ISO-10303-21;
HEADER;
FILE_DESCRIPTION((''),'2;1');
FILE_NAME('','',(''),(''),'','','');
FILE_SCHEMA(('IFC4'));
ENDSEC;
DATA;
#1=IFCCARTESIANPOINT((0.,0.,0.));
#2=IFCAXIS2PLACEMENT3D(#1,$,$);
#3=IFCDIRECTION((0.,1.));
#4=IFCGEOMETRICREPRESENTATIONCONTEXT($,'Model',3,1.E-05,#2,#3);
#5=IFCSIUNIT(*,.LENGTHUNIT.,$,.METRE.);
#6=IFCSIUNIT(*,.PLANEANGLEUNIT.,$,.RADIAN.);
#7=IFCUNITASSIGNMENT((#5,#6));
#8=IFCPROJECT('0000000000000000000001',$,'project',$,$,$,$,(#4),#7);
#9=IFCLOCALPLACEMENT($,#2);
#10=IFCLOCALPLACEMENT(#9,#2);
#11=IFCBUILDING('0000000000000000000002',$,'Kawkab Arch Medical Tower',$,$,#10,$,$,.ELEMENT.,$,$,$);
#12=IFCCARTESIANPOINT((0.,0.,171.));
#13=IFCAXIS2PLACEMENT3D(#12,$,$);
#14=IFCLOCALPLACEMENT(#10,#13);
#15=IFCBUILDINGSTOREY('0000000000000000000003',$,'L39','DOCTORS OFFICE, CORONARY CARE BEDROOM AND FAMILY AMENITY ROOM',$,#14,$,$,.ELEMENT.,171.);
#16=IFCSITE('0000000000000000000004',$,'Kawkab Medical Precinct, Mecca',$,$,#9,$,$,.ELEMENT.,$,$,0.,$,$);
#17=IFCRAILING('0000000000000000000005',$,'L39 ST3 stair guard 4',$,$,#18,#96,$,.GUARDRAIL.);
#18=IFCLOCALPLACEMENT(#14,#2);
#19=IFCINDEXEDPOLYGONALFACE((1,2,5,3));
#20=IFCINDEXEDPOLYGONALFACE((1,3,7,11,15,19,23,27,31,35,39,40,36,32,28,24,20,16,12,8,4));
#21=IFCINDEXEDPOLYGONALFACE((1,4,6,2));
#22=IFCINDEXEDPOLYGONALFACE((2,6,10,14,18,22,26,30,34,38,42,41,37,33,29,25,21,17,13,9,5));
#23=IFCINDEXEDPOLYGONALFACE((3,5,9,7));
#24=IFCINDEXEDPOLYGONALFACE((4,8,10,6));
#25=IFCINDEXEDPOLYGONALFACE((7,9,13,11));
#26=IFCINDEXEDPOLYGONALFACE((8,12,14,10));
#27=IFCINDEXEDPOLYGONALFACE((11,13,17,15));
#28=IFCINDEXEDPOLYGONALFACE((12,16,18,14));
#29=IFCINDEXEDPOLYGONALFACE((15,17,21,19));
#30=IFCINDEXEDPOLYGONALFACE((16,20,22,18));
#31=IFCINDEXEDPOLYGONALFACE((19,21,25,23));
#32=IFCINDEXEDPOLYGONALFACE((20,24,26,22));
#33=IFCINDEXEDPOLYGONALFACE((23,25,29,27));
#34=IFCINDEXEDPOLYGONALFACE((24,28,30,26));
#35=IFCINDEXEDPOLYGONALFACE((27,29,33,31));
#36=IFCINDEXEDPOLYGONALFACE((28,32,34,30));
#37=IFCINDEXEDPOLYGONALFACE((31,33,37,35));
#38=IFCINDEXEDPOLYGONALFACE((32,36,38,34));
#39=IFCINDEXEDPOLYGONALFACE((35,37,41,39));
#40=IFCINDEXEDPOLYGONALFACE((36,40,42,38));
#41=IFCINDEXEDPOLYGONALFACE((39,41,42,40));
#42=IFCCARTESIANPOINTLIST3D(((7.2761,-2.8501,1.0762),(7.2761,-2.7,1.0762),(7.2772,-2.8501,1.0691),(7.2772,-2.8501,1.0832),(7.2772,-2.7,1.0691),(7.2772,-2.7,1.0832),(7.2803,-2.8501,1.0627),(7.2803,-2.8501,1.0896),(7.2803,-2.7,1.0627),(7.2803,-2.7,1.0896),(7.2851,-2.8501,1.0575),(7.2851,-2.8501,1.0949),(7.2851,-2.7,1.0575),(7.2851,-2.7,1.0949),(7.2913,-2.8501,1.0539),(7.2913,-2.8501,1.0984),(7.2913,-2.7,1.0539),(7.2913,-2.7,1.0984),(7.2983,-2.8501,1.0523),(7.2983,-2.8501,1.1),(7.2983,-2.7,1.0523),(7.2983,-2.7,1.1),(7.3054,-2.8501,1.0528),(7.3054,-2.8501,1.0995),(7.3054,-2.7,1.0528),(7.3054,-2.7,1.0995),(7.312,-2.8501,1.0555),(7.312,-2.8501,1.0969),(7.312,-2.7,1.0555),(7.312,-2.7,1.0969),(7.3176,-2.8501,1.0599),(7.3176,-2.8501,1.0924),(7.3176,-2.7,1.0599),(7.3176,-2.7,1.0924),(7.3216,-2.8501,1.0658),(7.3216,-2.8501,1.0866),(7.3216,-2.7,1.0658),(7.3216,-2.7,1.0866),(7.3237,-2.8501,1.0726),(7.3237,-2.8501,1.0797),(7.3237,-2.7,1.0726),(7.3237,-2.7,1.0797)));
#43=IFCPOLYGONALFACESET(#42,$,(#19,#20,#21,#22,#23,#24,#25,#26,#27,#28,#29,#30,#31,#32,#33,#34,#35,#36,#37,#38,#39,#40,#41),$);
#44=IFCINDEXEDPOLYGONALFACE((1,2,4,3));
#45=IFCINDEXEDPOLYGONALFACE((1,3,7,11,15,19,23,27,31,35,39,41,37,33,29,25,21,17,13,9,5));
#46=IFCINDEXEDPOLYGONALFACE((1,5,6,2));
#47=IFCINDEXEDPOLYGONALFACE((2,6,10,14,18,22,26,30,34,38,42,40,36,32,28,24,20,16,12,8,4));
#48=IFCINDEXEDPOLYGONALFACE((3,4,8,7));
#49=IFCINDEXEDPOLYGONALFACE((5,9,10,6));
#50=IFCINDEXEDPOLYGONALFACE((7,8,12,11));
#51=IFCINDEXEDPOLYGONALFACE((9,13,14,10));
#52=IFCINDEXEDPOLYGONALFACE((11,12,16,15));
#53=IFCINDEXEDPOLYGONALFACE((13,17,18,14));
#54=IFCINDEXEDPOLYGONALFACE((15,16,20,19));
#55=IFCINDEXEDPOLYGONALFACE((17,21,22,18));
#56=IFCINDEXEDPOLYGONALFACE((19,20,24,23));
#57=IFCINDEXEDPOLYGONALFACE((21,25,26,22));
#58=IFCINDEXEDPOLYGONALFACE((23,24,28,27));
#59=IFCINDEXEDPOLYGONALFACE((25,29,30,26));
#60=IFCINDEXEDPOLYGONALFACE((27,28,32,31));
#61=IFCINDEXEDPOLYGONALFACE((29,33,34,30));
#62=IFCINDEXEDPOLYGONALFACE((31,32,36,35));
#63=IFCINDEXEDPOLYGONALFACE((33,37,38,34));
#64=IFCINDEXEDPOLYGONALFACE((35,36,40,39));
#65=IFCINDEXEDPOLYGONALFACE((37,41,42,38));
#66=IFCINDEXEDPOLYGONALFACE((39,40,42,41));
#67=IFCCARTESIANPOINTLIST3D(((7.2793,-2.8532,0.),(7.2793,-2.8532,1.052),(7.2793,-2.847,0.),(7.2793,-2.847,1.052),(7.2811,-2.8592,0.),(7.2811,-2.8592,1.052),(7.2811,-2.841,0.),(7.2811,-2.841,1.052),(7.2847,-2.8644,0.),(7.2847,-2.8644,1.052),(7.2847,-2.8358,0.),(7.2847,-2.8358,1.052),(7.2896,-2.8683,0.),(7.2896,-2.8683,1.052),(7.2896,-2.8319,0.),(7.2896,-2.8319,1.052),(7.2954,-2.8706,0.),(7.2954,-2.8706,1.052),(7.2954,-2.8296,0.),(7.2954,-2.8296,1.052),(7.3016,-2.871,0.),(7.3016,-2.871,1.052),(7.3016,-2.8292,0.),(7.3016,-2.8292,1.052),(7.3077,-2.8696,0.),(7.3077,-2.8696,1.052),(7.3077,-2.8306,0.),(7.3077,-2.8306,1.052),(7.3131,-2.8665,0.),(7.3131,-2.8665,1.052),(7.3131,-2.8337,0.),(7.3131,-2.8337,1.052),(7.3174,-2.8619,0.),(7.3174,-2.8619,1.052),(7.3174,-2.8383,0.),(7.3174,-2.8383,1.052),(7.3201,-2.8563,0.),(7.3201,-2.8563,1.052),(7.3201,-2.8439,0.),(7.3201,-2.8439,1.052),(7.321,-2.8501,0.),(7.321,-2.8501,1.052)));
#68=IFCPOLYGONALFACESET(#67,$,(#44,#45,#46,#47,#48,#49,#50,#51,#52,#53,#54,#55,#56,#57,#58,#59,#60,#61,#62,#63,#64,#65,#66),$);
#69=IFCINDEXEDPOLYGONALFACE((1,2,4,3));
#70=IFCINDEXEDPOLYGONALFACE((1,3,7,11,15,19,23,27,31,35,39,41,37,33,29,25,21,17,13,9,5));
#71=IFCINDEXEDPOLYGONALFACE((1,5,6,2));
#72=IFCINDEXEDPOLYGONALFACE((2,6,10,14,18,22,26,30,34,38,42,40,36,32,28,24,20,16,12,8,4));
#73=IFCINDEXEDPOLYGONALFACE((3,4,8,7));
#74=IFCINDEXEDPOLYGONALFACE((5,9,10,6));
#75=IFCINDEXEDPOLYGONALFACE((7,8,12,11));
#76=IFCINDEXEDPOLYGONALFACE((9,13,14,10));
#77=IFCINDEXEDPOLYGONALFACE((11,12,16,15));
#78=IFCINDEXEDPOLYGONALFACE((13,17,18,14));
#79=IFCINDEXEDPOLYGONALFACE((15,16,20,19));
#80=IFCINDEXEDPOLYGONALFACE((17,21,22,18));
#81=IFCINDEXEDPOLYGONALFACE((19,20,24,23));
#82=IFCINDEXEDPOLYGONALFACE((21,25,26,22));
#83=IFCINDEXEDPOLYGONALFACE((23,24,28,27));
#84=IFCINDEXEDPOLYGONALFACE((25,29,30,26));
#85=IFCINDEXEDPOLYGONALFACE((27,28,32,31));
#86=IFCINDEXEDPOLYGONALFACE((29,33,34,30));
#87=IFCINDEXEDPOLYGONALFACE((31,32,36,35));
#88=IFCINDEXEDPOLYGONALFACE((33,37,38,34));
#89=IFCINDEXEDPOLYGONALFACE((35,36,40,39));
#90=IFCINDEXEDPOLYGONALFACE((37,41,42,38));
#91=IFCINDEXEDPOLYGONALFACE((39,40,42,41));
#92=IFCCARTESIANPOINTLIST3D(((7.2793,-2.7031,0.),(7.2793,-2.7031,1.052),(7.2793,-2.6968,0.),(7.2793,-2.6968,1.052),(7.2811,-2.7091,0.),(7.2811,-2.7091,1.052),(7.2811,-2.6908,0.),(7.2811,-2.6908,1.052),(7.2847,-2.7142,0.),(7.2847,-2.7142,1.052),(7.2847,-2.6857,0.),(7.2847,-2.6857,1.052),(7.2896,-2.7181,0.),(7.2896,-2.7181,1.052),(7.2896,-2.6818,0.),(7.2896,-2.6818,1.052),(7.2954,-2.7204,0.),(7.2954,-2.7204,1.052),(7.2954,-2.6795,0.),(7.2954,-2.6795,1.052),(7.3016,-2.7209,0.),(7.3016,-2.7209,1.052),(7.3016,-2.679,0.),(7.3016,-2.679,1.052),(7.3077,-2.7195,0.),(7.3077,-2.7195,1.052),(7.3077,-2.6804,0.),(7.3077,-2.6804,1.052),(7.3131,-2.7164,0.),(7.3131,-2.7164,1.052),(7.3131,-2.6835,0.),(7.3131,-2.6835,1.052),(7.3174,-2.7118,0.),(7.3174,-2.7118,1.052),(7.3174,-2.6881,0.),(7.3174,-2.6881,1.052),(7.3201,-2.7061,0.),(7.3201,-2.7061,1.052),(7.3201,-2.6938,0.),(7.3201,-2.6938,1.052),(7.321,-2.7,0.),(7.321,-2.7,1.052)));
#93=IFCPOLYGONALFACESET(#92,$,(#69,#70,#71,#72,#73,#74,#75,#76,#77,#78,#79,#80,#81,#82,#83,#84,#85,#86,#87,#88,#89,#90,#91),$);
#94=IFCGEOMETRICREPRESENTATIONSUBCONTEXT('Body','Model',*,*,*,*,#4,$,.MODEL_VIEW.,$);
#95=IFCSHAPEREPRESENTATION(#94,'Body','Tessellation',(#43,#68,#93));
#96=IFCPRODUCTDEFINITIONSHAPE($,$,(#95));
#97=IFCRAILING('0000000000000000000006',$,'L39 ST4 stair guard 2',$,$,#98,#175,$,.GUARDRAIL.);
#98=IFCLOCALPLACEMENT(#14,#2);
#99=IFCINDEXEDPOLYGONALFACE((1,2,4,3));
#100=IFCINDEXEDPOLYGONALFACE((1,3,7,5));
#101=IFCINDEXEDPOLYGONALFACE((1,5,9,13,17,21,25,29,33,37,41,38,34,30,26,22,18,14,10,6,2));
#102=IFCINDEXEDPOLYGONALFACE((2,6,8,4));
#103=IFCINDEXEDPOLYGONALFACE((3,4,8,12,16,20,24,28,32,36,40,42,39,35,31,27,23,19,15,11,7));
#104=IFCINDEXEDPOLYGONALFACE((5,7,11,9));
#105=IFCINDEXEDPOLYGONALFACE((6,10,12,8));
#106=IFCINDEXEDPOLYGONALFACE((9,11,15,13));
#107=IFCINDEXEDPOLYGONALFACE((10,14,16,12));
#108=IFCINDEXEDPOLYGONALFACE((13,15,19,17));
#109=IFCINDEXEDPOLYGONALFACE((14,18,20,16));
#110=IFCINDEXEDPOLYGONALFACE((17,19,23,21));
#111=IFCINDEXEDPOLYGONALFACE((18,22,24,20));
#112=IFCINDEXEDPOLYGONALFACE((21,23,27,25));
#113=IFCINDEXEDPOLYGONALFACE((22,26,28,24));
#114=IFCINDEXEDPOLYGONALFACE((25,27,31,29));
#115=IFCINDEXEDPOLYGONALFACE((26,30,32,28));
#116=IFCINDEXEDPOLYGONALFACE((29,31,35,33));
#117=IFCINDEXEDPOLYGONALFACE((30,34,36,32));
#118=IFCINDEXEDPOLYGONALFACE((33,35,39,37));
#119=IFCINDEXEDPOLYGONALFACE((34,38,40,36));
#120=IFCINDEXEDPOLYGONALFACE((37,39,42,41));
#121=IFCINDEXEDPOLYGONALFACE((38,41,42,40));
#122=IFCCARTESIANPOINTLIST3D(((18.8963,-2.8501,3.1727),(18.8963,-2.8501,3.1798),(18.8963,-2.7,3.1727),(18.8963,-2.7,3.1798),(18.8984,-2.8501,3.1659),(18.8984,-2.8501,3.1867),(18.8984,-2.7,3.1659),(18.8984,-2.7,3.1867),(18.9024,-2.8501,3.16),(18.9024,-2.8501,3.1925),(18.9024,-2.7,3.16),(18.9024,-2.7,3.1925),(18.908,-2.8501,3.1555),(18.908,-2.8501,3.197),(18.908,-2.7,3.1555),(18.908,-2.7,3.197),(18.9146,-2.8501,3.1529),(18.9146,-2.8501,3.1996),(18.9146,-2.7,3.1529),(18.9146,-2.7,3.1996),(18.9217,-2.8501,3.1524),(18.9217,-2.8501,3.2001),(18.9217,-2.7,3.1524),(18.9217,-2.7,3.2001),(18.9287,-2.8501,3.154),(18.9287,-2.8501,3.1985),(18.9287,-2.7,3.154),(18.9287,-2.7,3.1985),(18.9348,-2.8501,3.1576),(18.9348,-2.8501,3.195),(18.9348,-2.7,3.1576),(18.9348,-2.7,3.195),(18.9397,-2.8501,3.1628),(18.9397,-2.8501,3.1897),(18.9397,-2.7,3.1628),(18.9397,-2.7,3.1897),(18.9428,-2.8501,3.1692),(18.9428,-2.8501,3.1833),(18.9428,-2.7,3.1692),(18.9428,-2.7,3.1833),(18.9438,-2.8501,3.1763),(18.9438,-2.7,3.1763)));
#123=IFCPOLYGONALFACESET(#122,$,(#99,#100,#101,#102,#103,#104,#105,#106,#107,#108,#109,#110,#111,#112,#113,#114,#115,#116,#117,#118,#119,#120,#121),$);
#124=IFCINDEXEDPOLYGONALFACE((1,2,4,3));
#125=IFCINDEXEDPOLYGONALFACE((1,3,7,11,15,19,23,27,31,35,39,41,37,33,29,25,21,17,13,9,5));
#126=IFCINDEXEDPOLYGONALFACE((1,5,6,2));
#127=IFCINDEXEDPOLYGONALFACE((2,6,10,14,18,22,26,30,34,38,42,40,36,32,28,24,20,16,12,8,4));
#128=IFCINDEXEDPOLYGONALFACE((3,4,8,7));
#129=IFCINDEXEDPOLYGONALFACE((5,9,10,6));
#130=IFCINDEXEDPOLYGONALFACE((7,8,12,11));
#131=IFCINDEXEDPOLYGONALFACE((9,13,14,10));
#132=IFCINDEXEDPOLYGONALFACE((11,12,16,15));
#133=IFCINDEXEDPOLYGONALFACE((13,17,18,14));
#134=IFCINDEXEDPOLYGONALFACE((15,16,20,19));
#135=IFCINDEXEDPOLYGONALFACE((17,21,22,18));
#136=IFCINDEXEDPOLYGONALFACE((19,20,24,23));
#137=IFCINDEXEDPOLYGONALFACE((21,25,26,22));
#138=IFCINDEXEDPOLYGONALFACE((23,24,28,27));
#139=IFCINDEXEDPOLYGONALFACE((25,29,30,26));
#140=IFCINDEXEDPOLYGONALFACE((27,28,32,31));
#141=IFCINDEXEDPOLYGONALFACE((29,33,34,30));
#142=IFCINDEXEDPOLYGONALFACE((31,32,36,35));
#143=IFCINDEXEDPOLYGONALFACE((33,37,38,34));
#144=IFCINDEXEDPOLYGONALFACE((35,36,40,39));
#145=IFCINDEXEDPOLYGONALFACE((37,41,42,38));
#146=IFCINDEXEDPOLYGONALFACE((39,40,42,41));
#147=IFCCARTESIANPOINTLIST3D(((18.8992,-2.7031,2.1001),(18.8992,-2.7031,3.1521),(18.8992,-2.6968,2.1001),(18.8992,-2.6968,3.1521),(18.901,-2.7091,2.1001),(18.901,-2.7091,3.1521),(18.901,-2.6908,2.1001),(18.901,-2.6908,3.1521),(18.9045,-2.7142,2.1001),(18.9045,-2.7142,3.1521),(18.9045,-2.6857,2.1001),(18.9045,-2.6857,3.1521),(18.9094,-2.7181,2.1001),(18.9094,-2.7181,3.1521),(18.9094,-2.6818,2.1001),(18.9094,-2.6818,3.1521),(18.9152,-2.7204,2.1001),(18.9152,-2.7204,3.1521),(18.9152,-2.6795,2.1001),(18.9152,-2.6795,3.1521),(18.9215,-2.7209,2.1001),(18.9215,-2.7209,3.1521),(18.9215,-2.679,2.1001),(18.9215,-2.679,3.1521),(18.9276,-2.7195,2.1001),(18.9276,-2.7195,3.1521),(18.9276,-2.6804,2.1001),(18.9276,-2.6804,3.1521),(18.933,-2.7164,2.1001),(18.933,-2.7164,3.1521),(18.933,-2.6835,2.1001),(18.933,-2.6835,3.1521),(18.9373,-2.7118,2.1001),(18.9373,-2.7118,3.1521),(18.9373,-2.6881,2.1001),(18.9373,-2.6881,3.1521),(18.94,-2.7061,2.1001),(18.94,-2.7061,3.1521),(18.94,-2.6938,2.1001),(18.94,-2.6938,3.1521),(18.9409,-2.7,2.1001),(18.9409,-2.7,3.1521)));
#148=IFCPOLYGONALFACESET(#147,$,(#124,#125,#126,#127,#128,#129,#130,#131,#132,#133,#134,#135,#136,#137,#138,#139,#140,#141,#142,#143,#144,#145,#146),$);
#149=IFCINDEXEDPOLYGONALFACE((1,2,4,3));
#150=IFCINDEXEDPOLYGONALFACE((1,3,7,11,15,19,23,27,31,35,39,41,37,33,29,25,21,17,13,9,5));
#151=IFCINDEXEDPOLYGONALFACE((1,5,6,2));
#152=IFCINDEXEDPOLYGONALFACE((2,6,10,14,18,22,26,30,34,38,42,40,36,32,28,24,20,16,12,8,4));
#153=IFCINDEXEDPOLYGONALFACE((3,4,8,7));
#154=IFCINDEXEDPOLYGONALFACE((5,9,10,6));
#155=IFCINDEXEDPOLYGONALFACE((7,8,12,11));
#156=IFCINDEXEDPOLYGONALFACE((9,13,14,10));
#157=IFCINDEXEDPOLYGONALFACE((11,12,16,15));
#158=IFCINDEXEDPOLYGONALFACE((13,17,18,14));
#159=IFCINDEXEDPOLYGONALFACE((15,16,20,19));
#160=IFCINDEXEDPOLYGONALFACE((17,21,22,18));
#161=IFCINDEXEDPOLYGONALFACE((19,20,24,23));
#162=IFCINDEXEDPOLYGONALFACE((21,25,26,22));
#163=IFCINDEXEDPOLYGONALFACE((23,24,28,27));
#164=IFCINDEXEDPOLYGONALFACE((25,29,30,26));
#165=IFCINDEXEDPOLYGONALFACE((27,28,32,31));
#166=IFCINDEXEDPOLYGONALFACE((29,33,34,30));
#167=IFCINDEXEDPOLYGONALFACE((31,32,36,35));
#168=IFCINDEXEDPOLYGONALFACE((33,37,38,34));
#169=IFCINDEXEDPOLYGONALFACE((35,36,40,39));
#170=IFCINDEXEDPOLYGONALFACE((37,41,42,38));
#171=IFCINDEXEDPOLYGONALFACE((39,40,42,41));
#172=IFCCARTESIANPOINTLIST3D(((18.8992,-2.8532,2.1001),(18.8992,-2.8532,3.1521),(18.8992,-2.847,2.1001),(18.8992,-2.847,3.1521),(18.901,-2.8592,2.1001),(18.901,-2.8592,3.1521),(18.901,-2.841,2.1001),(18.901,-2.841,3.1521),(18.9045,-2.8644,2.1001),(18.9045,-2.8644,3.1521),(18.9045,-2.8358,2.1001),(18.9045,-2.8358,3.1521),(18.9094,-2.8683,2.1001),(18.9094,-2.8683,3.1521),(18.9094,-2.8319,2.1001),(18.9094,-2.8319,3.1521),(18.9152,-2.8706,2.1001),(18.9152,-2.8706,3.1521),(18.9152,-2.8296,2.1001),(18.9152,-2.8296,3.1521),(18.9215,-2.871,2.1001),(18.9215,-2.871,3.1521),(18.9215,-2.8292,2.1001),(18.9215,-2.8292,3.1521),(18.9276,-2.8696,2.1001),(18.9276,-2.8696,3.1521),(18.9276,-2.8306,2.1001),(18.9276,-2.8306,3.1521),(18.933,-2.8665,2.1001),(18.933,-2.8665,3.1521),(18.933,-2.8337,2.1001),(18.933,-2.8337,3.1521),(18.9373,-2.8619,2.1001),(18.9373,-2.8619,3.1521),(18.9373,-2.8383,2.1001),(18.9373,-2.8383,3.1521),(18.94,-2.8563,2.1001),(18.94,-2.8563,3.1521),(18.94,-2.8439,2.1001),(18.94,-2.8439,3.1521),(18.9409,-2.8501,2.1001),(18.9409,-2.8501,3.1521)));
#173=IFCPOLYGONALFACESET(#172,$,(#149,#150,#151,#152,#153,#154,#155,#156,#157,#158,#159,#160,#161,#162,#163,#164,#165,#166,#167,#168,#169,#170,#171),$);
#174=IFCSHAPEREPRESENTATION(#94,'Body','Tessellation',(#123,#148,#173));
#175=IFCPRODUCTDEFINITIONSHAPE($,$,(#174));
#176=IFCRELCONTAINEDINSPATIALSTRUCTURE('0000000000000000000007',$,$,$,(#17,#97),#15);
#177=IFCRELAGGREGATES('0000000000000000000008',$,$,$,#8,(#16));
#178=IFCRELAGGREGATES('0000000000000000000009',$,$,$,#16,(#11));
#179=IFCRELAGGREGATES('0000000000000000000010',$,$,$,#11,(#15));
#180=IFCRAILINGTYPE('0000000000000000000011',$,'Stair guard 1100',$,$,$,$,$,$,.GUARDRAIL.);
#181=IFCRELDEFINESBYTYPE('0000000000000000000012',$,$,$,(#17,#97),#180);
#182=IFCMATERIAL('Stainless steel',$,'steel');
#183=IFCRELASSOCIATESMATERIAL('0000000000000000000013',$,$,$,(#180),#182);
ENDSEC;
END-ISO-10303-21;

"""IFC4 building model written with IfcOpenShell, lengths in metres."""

from ifc_helpers import new_model, si_unit, direction, frame, origin, origin_2d, place, context, subcontext, project, spatial, circle, extrude, material, type_object, element, save


model = new_model("IFC4")

# Units and contexts
model_context = context("Model", 3, precision=1e-05, world=origin(), true_north=direction((0.0, 1.0)))
body_context = subcontext(model_context, "Body", "Model", "MODEL_VIEW")
ifc_project = project(units=[si_unit("LENGTHUNIT", "METRE"), si_unit("PLANEANGLEUNIT", "RADIAN")], contexts=[model_context])

# Site, building, storey
site_placement = place(None, origin())
site = spatial("IfcSite", under=ifc_project, at=site_placement, Name="Kawkab Medical Precinct, Mecca", CompositionType="ELEMENT", RefElevation=0.0)
building_placement = place(site_placement, origin())
building = spatial("IfcBuilding", under=site, at=building_placement, Name="Kawkab Arch Medical Tower", CompositionType="ELEMENT")
storey_placement = place(building_placement, frame((0.0, 0.0, 171.0)))
storey = spatial("IfcBuildingStorey", under=building, at=storey_placement, Name="L39", Description="DOCTORS OFFICE, CORONARY CARE BEDROOM AND FAMILY AMENITY ROOM", CompositionType="ELEMENT", Elevation=171.0)

# Railings
ifc_material_1 = material(Name="Stainless steel", Category="steel")
railing_type = type_object("IfcRailingType", Name="Stair guard 1100", PredefinedType="GUARDRAIL", material=ifc_material_1)
railing_1_placement = place(storey_placement, frame((7.3, -2.8501, 0.0)))
element("IfcRailing", 1, at=railing_1_placement, inside=storey, type_object=railing_type, Name="L39 ST3 stair guard 4", PredefinedType="GUARDRAIL", context=body_context, shape_type="SweptSolid", body=[
    extrude(circle(Radius=0.0239, at=origin_2d()), frame((0.0, 0.0, 1.0762), z_axis=(0.0, 1.0, 0.0), x_axis=(-1.0, 0.0, 0.0)), (0.0, 0.0, 1.0), 0.1501),
    extrude(circle(Radius=0.021, at=origin_2d()), origin(), (0.0, 0.0, 1.0), 1.052),
    extrude(circle(Radius=0.021, at=origin_2d()), frame((0.0, 0.1501, 0.0)), (0.0, 0.0, 1.0), 1.052),
])
railing_2_placement = place(storey_placement, frame((18.9199, -2.7, 2.1001)))
element("IfcRailing", 2, at=railing_2_placement, inside=storey, type_object=railing_type, Name="L39 ST4 stair guard 2", PredefinedType="GUARDRAIL", context=body_context, shape_type="SweptSolid", body=[
    extrude(circle(Radius=0.0239, at=origin_2d()), frame((0.0, 0.0, 1.0762), z_axis=(0.0, -1.0, 0.0), x_axis=(1.0, 0.0, 0.0)), (0.0, 0.0, 1.0), 0.1501),
    extrude(circle(Radius=0.021, at=origin_2d()), origin(), (0.0, 0.0, 1.0), 1.052),
    extrude(circle(Radius=0.021, at=origin_2d()), frame((0.0, -0.1501, 0.0)), (0.0, 0.0, 1.0), 1.052),
])

save(model, "model.ifc")
